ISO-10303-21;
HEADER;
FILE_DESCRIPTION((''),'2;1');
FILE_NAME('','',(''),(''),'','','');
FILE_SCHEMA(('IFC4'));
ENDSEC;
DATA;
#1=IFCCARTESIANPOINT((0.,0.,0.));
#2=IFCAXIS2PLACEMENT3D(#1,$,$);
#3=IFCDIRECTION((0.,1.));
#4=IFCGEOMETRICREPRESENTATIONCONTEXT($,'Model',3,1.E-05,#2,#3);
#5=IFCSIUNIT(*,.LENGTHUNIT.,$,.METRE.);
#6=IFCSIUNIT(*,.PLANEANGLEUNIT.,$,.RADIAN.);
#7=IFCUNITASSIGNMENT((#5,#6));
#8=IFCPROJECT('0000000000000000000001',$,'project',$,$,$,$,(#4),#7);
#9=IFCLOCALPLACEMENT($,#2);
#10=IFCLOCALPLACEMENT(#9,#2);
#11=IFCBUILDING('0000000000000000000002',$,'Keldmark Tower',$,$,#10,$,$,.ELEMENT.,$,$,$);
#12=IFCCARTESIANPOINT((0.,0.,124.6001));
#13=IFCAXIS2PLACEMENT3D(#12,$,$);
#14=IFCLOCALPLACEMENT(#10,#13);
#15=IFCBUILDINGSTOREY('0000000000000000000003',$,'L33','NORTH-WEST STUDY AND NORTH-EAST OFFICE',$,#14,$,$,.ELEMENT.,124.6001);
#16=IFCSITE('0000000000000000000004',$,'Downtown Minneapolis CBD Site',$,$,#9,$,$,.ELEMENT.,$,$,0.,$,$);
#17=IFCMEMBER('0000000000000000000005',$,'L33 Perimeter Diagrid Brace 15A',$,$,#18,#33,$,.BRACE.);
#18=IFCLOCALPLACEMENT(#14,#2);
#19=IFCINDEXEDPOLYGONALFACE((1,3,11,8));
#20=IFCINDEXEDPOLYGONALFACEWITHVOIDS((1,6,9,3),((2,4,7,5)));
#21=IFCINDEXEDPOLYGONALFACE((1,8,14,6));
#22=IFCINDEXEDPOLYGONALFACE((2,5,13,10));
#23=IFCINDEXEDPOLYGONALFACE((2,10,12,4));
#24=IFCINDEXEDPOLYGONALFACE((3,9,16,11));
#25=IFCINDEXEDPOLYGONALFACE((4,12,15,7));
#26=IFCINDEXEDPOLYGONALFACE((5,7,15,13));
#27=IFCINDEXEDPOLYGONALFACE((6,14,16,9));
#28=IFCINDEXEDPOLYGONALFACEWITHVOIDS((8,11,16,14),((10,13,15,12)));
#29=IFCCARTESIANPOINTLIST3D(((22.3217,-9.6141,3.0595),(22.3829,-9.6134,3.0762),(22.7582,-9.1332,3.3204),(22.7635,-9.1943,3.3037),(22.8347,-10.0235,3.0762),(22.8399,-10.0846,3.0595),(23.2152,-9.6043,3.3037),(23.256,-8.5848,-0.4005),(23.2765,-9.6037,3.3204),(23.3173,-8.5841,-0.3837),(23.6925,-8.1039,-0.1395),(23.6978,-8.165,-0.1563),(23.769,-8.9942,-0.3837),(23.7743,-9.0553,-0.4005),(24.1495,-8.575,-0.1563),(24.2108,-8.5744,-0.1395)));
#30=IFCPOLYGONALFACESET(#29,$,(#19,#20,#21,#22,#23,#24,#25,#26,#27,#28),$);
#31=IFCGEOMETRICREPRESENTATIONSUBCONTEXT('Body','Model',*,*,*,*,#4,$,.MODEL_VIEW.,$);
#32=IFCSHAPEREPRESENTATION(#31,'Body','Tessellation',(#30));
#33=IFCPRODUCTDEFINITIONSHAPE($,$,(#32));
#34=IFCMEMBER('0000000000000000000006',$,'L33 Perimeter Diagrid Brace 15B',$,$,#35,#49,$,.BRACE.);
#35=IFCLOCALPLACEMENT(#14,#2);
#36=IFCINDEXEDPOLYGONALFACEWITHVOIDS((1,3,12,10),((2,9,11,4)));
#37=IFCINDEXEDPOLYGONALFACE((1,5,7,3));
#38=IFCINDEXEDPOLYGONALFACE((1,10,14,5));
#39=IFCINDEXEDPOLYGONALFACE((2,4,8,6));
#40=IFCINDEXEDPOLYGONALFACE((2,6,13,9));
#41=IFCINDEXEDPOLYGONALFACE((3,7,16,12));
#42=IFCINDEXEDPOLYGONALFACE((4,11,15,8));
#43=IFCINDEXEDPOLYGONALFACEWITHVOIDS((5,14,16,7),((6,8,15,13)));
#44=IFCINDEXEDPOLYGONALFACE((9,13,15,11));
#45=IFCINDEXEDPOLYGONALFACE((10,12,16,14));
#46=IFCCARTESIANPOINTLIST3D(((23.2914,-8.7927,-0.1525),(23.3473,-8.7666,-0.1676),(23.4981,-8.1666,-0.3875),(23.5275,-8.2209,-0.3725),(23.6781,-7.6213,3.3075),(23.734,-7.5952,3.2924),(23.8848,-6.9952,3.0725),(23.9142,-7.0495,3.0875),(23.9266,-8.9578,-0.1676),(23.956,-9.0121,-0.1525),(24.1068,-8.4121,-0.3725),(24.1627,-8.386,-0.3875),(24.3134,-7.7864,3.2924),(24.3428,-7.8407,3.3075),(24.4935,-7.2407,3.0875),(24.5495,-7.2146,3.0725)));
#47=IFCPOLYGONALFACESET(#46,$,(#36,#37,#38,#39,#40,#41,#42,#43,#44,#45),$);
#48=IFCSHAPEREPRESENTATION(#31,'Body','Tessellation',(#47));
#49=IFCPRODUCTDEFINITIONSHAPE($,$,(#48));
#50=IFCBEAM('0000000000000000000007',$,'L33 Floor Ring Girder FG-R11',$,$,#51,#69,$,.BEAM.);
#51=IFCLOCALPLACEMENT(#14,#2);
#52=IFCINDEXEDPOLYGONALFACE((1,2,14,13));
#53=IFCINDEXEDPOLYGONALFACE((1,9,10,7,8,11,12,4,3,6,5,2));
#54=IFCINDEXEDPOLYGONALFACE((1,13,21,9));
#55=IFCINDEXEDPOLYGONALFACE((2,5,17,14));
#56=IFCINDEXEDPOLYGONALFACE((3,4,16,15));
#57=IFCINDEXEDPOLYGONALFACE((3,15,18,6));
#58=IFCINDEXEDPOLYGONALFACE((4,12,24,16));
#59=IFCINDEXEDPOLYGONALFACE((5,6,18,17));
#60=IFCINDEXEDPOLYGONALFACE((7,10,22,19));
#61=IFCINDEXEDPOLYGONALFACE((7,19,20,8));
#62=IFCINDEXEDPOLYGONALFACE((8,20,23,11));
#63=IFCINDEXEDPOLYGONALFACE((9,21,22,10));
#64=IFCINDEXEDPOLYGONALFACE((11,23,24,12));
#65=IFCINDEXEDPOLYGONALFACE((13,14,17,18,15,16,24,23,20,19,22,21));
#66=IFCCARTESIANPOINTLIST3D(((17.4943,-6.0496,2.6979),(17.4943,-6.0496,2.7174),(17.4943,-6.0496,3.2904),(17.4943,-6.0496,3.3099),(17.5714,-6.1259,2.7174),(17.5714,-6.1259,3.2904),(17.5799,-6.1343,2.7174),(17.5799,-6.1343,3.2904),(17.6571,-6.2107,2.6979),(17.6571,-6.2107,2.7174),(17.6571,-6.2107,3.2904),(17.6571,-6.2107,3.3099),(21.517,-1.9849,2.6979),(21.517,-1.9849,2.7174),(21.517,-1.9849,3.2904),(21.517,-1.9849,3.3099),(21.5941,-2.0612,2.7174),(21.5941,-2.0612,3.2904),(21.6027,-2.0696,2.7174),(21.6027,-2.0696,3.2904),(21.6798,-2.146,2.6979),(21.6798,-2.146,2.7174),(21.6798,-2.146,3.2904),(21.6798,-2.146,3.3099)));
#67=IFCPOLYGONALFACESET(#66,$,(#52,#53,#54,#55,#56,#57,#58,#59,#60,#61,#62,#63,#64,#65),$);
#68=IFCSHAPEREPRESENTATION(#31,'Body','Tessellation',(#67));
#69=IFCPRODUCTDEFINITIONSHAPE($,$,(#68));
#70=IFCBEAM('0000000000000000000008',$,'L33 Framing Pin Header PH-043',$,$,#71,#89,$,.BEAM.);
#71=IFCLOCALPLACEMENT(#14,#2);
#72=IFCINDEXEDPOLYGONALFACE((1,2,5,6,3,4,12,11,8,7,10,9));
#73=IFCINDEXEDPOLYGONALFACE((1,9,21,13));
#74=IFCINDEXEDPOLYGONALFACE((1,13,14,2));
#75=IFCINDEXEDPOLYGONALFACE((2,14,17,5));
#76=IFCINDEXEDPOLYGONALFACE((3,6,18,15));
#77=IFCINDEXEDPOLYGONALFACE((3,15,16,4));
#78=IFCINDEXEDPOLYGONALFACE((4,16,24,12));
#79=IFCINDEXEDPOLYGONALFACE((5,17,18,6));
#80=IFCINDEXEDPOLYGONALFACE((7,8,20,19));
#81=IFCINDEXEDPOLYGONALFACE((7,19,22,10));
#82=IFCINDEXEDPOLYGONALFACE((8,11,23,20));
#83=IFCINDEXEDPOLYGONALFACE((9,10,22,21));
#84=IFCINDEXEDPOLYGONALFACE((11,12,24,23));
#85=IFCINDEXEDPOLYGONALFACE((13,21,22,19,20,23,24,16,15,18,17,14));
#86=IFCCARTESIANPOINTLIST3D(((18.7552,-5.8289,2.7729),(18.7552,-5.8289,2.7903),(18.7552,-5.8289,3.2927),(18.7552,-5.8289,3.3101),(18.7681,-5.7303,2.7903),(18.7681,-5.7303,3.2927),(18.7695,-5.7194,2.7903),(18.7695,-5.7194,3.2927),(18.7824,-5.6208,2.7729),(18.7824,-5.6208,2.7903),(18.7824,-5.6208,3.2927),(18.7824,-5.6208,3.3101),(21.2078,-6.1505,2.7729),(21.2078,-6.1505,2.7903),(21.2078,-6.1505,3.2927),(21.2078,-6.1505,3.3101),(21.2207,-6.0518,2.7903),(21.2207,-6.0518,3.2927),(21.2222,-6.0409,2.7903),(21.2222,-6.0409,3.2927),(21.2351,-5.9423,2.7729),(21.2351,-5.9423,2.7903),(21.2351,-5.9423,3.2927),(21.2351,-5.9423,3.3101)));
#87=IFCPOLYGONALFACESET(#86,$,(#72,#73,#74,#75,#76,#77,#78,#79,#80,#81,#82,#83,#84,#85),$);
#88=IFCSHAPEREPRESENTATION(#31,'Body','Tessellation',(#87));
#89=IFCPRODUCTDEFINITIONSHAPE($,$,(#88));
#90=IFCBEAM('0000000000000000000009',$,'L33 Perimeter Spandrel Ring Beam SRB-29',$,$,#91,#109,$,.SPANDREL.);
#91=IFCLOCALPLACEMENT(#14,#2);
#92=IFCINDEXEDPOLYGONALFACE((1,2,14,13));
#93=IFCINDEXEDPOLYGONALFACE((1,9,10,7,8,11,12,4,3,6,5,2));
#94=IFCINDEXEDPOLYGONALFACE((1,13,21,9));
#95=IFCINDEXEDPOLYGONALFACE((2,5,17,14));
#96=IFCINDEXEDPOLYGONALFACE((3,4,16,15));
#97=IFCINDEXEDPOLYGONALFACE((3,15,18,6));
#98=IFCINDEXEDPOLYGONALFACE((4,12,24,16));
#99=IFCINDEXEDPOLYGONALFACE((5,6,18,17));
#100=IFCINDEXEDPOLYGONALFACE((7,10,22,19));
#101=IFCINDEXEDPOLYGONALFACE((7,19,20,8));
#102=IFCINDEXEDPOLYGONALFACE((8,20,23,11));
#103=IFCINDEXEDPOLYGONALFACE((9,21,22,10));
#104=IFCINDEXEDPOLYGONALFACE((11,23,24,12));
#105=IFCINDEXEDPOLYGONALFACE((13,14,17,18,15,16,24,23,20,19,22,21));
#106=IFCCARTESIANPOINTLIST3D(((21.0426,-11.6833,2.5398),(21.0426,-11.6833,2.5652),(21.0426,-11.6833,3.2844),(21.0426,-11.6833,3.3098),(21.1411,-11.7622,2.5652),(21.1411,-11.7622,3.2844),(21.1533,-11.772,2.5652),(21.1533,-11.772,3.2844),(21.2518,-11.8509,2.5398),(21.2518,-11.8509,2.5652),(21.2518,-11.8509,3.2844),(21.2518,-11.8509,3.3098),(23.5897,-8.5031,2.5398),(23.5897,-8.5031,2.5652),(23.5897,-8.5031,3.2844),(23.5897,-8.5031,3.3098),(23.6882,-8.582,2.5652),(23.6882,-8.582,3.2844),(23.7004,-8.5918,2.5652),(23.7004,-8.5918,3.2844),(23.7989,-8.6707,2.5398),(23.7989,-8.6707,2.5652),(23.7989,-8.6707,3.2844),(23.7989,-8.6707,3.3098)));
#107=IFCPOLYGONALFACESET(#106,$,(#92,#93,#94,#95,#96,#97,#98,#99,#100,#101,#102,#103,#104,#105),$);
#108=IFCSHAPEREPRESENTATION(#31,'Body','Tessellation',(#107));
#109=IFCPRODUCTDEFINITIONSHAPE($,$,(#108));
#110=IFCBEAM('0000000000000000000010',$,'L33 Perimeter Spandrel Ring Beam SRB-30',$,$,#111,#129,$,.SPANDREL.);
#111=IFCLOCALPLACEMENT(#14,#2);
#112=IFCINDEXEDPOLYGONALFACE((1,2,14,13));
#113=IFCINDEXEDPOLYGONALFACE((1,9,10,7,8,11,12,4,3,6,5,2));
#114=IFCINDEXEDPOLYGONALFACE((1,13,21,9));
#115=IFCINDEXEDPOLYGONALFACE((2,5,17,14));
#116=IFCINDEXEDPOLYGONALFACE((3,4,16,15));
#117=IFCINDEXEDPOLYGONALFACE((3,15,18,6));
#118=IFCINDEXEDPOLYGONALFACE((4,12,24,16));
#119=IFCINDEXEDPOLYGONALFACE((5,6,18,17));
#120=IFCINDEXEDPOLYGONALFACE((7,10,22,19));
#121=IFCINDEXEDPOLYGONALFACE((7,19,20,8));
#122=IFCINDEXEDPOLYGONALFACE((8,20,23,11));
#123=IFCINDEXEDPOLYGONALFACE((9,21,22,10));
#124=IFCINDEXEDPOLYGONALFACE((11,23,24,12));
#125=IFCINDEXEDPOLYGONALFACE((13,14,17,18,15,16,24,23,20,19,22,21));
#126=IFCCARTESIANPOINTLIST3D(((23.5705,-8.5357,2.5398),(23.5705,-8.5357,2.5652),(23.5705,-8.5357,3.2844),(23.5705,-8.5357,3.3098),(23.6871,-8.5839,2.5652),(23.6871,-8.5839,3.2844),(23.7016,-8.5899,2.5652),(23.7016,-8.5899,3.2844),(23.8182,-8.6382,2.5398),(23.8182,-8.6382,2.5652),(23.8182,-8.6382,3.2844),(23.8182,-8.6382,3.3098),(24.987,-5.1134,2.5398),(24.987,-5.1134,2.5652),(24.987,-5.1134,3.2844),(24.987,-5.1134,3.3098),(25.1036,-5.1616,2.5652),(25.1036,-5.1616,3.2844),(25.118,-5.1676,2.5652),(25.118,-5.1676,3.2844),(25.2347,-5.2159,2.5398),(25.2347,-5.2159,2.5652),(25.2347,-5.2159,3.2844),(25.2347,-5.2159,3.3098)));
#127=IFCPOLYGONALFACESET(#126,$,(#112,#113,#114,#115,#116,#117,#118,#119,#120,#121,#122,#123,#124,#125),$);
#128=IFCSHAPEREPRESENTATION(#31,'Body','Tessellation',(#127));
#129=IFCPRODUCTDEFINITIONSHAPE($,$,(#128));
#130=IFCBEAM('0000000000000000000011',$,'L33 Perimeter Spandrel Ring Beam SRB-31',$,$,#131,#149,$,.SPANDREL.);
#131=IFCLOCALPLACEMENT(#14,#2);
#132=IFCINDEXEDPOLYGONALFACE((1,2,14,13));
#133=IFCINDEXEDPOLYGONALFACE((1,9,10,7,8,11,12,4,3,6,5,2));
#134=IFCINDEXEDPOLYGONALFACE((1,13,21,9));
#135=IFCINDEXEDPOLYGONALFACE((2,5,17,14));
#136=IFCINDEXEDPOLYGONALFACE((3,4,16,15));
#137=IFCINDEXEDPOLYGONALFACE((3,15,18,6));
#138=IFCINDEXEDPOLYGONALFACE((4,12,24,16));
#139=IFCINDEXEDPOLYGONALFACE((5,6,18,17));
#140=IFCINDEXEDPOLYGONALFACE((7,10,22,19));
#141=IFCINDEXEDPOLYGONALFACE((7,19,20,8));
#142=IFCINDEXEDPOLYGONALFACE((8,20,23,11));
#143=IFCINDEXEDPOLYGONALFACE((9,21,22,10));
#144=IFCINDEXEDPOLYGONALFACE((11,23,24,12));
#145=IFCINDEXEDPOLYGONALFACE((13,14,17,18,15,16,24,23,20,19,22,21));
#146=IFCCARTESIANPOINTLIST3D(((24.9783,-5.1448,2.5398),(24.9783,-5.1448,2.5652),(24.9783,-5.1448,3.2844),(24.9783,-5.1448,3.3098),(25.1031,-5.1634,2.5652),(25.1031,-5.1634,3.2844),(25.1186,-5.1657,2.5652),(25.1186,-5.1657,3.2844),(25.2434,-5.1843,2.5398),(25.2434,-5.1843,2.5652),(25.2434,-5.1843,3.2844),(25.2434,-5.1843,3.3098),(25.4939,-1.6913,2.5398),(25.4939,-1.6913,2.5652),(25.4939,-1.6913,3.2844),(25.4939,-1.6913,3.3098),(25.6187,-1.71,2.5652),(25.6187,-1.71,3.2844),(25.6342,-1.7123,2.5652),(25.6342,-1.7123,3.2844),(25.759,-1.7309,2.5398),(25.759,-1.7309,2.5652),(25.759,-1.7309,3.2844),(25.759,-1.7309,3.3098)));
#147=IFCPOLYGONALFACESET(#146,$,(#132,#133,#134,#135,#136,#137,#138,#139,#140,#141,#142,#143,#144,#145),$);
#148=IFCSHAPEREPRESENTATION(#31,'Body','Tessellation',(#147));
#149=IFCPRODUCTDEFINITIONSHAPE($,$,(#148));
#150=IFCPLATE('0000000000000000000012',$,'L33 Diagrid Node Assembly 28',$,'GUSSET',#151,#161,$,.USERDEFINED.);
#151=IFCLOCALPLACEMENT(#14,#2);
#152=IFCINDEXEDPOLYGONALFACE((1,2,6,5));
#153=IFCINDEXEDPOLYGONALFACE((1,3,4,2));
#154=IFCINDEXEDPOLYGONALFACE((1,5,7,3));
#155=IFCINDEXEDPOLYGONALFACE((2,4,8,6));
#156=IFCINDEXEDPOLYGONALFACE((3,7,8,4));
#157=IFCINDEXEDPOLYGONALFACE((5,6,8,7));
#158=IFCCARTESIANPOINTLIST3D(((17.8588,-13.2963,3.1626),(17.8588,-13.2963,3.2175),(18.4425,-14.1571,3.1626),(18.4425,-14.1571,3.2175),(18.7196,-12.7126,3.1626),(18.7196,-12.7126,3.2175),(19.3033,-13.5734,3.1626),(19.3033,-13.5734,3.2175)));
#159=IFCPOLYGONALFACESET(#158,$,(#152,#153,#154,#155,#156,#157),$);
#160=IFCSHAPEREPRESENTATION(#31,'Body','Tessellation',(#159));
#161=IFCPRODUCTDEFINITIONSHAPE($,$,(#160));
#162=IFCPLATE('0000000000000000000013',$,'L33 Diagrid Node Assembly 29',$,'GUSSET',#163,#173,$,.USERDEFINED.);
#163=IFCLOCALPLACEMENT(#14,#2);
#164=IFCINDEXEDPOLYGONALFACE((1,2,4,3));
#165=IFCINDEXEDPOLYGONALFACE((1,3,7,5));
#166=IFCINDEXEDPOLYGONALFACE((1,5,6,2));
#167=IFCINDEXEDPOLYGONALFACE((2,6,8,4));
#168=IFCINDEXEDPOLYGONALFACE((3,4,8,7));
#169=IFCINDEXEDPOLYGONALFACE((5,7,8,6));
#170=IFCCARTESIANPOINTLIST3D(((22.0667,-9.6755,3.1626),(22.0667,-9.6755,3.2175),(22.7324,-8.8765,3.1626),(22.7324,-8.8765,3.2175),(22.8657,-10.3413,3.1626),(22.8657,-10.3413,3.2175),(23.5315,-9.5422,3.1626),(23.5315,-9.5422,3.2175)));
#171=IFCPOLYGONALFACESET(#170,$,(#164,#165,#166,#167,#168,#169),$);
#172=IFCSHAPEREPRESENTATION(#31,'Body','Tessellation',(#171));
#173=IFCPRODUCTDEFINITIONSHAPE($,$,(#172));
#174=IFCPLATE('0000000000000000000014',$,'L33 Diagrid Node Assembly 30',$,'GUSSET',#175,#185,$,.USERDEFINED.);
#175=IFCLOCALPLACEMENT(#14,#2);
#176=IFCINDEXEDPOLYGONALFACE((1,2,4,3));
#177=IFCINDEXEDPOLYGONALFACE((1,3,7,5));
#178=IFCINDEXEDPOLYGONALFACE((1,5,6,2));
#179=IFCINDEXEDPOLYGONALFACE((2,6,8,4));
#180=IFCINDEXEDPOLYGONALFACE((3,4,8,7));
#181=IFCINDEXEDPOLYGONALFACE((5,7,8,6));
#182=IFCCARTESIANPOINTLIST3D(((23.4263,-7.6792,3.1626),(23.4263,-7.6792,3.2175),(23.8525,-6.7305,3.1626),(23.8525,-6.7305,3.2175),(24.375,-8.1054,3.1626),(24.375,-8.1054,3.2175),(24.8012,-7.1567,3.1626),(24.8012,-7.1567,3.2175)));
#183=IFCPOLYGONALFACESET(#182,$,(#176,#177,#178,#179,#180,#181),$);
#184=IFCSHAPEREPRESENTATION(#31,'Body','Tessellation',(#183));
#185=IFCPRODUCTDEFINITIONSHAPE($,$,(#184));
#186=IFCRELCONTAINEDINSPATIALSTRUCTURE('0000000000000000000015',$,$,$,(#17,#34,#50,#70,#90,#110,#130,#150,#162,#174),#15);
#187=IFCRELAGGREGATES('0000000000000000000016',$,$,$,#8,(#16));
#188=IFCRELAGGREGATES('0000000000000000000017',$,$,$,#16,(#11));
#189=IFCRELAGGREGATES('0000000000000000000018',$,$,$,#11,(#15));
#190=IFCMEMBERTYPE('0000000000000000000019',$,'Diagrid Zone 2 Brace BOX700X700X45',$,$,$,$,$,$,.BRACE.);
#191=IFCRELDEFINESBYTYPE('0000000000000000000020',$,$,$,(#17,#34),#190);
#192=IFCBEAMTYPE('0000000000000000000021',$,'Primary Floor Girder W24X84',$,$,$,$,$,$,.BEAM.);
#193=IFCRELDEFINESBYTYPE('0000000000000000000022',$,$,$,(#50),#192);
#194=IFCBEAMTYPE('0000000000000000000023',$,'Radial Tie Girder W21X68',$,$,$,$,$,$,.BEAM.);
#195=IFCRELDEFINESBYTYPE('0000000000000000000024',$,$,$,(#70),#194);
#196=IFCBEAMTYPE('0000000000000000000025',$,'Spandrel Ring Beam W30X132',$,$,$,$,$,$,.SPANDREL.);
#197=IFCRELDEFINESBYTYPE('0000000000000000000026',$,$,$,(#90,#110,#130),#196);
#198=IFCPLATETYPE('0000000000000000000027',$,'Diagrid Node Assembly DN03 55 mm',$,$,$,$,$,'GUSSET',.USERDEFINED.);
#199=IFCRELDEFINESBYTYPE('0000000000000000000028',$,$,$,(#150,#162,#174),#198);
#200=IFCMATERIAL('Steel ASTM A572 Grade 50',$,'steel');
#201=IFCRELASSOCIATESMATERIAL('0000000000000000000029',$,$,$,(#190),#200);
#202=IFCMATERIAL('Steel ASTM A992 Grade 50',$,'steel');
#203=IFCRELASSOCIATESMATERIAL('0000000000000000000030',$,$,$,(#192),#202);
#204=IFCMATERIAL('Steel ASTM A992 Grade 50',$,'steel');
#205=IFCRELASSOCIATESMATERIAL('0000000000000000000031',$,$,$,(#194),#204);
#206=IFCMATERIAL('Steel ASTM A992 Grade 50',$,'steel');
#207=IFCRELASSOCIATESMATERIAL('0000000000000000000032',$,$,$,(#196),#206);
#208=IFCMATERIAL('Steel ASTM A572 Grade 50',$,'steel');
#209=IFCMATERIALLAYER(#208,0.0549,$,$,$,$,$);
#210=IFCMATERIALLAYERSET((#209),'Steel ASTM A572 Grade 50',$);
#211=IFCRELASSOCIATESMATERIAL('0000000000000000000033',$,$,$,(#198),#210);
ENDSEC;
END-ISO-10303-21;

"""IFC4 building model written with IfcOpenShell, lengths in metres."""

from ifc_helpers import new_model, si_unit, direction, frame, origin, origin_2d, place, context, subcontext, project, spatial, rectangle, hollow_rectangle, i_section, extrude, material, layer, layer_set, material_profile, profile_set, type_object, element, save


model = new_model("IFC4")

# Units and contexts
model_context = context("Model", 3, precision=1e-05, world=origin(), true_north=direction((0.0, 1.0)))
body_context = subcontext(model_context, "Body", "Model", "MODEL_VIEW")
ifc_project = project(units=[si_unit("LENGTHUNIT", "METRE"), si_unit("PLANEANGLEUNIT", "RADIAN")], contexts=[model_context])

# Site, building, storey
site_placement = place(None, origin())
site = spatial("IfcSite", under=ifc_project, at=site_placement, Name="Downtown Minneapolis CBD Site", CompositionType="ELEMENT", RefElevation=0.0)
building_placement = place(site_placement, origin())
building = spatial("IfcBuilding", under=site, at=building_placement, Name="Keldmark Tower", CompositionType="ELEMENT")
storey_placement = place(building_placement, frame((0.0, 0.0, 124.6001)))
storey = spatial("IfcBuildingStorey", under=building, at=storey_placement, Name="L33", Description="NORTH-WEST STUDY AND NORTH-EAST OFFICE", CompositionType="ELEMENT", Elevation=124.6001)

# Members
ifc_material_1 = material(Name="Steel ASTM A572 Grade 50", Category="steel")
ifc_material_profile_1 = material_profile(ifc_material_1, hollow_rectangle(XDim=0.7, YDim=0.7, WallThickness=0.0449, at=origin_2d()), Name="BOX700X700X45")
ifc_profile_set_1 = profile_set([ifc_material_profile_1], Name="Steel ASTM A572 Grade 50")
member_type = type_object("IfcMemberType", Name="Diagrid Zone 2 Brace BOX700X700X45", PredefinedType="BRACE", material=ifc_profile_set_1)
member_1_placement = place(storey_placement, frame((23.7334, -8.5796, -0.27), z_axis=(-0.250572, -0.276042, 0.927909), x_axis=(0.740441, -0.672122, 0.0)))
element("IfcMember", 1, at=member_1_placement, inside=storey, type_object=member_type, Name="L33 Perimeter Diagrid Brace 15A", PredefinedType="BRACE", context=body_context, shape_type="SweptSolid", body=[
    extrude(hollow_rectangle(XDim=0.7, YDim=0.7, WallThickness=0.0449, at=origin_2d()), origin(), (0.0, 0.0, 1.0), 3.7288),
])
member_2_placement = place(storey_placement, frame((23.7271, -8.5894, -0.27), z_axis=(0.105279, 0.318893, 0.941925), x_axis=(-0.94959, 0.313495, 0.0)))
element("IfcMember", 2, at=member_2_placement, inside=storey, type_object=member_type, Name="L33 Perimeter Diagrid Brace 15B", PredefinedType="BRACE", context=body_context, shape_type="SweptSolid", body=[
    extrude(hollow_rectangle(XDim=0.7, YDim=0.7, WallThickness=0.0449, at=origin_2d()), origin(), (0.0, 0.0, 1.0), 3.6733),
])

# Beams
ifc_material_2 = material(Name="Steel ASTM A992 Grade 50", Category="steel")
ifc_material_profile_2 = material_profile(ifc_material_2, i_section(OverallWidth=0.229, OverallDepth=0.6121, WebThickness=0.012, FlangeThickness=0.0195, at=origin_2d()), Name="W24X84")
ifc_profile_set_2 = profile_set([ifc_material_profile_2], Name="Steel ASTM A992 Grade 50")
beam_type_1 = type_object("IfcBeamType", Name="Primary Floor Girder W24X84", PredefinedType="BEAM", material=ifc_profile_set_2)
beam_1_placement = place(storey_placement, frame((17.5757, -6.1301, 3.0039), z_axis=(0.703426, 0.710769, 0.0), x_axis=(-0.710769, 0.703426, 0.0)))
element("IfcBeam", 3, at=beam_1_placement, inside=storey, type_object=beam_type_1, Name="L33 Floor Ring Girder FG-R11", PredefinedType="BEAM", context=body_context, shape_type="SweptSolid", body=[
    extrude(i_section(OverallWidth=0.229, OverallDepth=0.6121, WebThickness=0.012, FlangeThickness=0.0195, at=origin_2d()), origin(), (0.0, 0.0, 1.0), 5.7188),
])
ifc_material_3 = material(Name="Steel ASTM A992 Grade 50", Category="steel")
ifc_material_profile_3 = material_profile(ifc_material_3, i_section(OverallWidth=0.21, OverallDepth=0.5371, WebThickness=0.011, FlangeThickness=0.0173, at=origin_2d()), Name="W21X68")
ifc_profile_set_3 = profile_set([ifc_material_profile_3], Name="Steel ASTM A992 Grade 50")
beam_type_2 = type_object("IfcBeamType", Name="Radial Tie Girder W21X68", PredefinedType="BEAM", material=ifc_profile_set_3)
beam_2_placement = place(storey_placement, frame((18.7688, -5.7249, 3.0415), z_axis=(0.991516, -0.129985, 0.0), x_axis=(0.129985, 0.991516, 0.0)))
element("IfcBeam", 4, at=beam_2_placement, inside=storey, type_object=beam_type_2, Name="L33 Framing Pin Header PH-043", PredefinedType="BEAM", context=body_context, shape_type="SweptSolid", body=[
    extrude(i_section(OverallWidth=0.21, OverallDepth=0.5371, WebThickness=0.011, FlangeThickness=0.0173, at=origin_2d()), origin(), (0.0, 0.0, 1.0), 2.4736),
])
ifc_material_4 = material(Name="Steel ASTM A992 Grade 50", Category="steel")
ifc_material_profile_4 = material_profile(ifc_material_4, i_section(OverallWidth=0.2681, OverallDepth=0.77, WebThickness=0.0156, FlangeThickness=0.0254, at=origin_2d()), Name="W30X132")
ifc_profile_set_4 = profile_set([ifc_material_profile_4], Name="Steel ASTM A992 Grade 50")
beam_type_3 = type_object("IfcBeamType", Name="Spandrel Ring Beam W30X132", PredefinedType="SPANDREL", material=ifc_profile_set_4)
beam_3_placement = place(storey_placement, frame((21.1472, -11.7671, 2.9248), z_axis=(0.625141, 0.780512, 0.0), x_axis=(-0.780512, 0.625141, 0.0)))
element("IfcBeam", 5, at=beam_3_placement, inside=storey, type_object=beam_type_3, Name="L33 Perimeter Spandrel Ring Beam SRB-29", PredefinedType="SPANDREL", context=body_context, shape_type="SweptSolid", body=[
    extrude(i_section(OverallWidth=0.2681, OverallDepth=0.77, WebThickness=0.0156, FlangeThickness=0.0254, at=origin_2d()), origin(), (0.0, 0.0, 1.0), 4.0745),
])
beam_4_placement = place(storey_placement, frame((23.6943, -8.5869, 2.9248), z_axis=(0.382433, 0.923983, 0.0), x_axis=(-0.923983, 0.382433, 0.0)))
element("IfcBeam", 6, at=beam_4_placement, inside=storey, type_object=beam_type_3, Name="L33 Perimeter Spandrel Ring Beam SRB-30", PredefinedType="SPANDREL", context=body_context, shape_type="SweptSolid", body=[
    extrude(i_section(OverallWidth=0.2681, OverallDepth=0.77, WebThickness=0.0156, FlangeThickness=0.0254, at=origin_2d()), origin(), (0.0, 0.0, 1.0), 3.7039),
])
beam_5_placement = place(storey_placement, frame((25.1108, -5.1646, 2.9248), z_axis=(0.147674, 0.989036, 0.0), x_axis=(-0.989036, 0.147674, 0.0)))
element("IfcBeam", 7, at=beam_5_placement, inside=storey, type_object=beam_type_3, Name="L33 Perimeter Spandrel Ring Beam SRB-31", PredefinedType="SPANDREL", context=body_context, shape_type="SweptSolid", body=[
    extrude(i_section(OverallWidth=0.2681, OverallDepth=0.77, WebThickness=0.0156, FlangeThickness=0.0254, at=origin_2d()), origin(), (0.0, 0.0, 1.0), 3.4917),
])

# Plates
ifc_material_5 = material(Name="Steel ASTM A572 Grade 50", Category="steel")
ifc_layer_1 = layer(ifc_material_5, 0.0549)
ifc_layer_set_1 = layer_set([ifc_layer_1], Name="Steel ASTM A572 Grade 50")
plate_type = type_object("IfcPlateType", Name="Diagrid Node Assembly DN03 55 mm", ElementType="GUSSET", PredefinedType="USERDEFINED", material=ifc_layer_set_1)
for number, where, z_axis, x_axis, name in (
    (8, (18.5811, -13.4348, 3.1626), (0.0, 0.0, 1.0), (0.827669, 0.561217, 0.0), "L33 Diagrid Node Assembly 28"),
    (9, (22.7991, -9.6089, 3.1626), (0.0, 0.0, 1.0), (0.64011, 0.768284, 0.0), "L33 Diagrid Node Assembly 29"),
    (10, (24.1138, -7.418, 3.1626), (0.0, 0.0, 1.0), (0.409764, 0.912192, 0.0), "L33 Diagrid Node Assembly 30"),
):
    element("IfcPlate", number, at=place(storey_placement, frame(where, z_axis=z_axis, x_axis=x_axis)), inside=storey, type_object=plate_type, Name=name, ObjectType="GUSSET", PredefinedType="USERDEFINED", context=body_context, shape_type="SweptSolid", body=[
        extrude(rectangle(XDim=1.04, YDim=1.04, at=origin_2d()), origin(), (0.0, 0.0, 1.0), 0.0549),
    ])

save(model, "model.ifc")
